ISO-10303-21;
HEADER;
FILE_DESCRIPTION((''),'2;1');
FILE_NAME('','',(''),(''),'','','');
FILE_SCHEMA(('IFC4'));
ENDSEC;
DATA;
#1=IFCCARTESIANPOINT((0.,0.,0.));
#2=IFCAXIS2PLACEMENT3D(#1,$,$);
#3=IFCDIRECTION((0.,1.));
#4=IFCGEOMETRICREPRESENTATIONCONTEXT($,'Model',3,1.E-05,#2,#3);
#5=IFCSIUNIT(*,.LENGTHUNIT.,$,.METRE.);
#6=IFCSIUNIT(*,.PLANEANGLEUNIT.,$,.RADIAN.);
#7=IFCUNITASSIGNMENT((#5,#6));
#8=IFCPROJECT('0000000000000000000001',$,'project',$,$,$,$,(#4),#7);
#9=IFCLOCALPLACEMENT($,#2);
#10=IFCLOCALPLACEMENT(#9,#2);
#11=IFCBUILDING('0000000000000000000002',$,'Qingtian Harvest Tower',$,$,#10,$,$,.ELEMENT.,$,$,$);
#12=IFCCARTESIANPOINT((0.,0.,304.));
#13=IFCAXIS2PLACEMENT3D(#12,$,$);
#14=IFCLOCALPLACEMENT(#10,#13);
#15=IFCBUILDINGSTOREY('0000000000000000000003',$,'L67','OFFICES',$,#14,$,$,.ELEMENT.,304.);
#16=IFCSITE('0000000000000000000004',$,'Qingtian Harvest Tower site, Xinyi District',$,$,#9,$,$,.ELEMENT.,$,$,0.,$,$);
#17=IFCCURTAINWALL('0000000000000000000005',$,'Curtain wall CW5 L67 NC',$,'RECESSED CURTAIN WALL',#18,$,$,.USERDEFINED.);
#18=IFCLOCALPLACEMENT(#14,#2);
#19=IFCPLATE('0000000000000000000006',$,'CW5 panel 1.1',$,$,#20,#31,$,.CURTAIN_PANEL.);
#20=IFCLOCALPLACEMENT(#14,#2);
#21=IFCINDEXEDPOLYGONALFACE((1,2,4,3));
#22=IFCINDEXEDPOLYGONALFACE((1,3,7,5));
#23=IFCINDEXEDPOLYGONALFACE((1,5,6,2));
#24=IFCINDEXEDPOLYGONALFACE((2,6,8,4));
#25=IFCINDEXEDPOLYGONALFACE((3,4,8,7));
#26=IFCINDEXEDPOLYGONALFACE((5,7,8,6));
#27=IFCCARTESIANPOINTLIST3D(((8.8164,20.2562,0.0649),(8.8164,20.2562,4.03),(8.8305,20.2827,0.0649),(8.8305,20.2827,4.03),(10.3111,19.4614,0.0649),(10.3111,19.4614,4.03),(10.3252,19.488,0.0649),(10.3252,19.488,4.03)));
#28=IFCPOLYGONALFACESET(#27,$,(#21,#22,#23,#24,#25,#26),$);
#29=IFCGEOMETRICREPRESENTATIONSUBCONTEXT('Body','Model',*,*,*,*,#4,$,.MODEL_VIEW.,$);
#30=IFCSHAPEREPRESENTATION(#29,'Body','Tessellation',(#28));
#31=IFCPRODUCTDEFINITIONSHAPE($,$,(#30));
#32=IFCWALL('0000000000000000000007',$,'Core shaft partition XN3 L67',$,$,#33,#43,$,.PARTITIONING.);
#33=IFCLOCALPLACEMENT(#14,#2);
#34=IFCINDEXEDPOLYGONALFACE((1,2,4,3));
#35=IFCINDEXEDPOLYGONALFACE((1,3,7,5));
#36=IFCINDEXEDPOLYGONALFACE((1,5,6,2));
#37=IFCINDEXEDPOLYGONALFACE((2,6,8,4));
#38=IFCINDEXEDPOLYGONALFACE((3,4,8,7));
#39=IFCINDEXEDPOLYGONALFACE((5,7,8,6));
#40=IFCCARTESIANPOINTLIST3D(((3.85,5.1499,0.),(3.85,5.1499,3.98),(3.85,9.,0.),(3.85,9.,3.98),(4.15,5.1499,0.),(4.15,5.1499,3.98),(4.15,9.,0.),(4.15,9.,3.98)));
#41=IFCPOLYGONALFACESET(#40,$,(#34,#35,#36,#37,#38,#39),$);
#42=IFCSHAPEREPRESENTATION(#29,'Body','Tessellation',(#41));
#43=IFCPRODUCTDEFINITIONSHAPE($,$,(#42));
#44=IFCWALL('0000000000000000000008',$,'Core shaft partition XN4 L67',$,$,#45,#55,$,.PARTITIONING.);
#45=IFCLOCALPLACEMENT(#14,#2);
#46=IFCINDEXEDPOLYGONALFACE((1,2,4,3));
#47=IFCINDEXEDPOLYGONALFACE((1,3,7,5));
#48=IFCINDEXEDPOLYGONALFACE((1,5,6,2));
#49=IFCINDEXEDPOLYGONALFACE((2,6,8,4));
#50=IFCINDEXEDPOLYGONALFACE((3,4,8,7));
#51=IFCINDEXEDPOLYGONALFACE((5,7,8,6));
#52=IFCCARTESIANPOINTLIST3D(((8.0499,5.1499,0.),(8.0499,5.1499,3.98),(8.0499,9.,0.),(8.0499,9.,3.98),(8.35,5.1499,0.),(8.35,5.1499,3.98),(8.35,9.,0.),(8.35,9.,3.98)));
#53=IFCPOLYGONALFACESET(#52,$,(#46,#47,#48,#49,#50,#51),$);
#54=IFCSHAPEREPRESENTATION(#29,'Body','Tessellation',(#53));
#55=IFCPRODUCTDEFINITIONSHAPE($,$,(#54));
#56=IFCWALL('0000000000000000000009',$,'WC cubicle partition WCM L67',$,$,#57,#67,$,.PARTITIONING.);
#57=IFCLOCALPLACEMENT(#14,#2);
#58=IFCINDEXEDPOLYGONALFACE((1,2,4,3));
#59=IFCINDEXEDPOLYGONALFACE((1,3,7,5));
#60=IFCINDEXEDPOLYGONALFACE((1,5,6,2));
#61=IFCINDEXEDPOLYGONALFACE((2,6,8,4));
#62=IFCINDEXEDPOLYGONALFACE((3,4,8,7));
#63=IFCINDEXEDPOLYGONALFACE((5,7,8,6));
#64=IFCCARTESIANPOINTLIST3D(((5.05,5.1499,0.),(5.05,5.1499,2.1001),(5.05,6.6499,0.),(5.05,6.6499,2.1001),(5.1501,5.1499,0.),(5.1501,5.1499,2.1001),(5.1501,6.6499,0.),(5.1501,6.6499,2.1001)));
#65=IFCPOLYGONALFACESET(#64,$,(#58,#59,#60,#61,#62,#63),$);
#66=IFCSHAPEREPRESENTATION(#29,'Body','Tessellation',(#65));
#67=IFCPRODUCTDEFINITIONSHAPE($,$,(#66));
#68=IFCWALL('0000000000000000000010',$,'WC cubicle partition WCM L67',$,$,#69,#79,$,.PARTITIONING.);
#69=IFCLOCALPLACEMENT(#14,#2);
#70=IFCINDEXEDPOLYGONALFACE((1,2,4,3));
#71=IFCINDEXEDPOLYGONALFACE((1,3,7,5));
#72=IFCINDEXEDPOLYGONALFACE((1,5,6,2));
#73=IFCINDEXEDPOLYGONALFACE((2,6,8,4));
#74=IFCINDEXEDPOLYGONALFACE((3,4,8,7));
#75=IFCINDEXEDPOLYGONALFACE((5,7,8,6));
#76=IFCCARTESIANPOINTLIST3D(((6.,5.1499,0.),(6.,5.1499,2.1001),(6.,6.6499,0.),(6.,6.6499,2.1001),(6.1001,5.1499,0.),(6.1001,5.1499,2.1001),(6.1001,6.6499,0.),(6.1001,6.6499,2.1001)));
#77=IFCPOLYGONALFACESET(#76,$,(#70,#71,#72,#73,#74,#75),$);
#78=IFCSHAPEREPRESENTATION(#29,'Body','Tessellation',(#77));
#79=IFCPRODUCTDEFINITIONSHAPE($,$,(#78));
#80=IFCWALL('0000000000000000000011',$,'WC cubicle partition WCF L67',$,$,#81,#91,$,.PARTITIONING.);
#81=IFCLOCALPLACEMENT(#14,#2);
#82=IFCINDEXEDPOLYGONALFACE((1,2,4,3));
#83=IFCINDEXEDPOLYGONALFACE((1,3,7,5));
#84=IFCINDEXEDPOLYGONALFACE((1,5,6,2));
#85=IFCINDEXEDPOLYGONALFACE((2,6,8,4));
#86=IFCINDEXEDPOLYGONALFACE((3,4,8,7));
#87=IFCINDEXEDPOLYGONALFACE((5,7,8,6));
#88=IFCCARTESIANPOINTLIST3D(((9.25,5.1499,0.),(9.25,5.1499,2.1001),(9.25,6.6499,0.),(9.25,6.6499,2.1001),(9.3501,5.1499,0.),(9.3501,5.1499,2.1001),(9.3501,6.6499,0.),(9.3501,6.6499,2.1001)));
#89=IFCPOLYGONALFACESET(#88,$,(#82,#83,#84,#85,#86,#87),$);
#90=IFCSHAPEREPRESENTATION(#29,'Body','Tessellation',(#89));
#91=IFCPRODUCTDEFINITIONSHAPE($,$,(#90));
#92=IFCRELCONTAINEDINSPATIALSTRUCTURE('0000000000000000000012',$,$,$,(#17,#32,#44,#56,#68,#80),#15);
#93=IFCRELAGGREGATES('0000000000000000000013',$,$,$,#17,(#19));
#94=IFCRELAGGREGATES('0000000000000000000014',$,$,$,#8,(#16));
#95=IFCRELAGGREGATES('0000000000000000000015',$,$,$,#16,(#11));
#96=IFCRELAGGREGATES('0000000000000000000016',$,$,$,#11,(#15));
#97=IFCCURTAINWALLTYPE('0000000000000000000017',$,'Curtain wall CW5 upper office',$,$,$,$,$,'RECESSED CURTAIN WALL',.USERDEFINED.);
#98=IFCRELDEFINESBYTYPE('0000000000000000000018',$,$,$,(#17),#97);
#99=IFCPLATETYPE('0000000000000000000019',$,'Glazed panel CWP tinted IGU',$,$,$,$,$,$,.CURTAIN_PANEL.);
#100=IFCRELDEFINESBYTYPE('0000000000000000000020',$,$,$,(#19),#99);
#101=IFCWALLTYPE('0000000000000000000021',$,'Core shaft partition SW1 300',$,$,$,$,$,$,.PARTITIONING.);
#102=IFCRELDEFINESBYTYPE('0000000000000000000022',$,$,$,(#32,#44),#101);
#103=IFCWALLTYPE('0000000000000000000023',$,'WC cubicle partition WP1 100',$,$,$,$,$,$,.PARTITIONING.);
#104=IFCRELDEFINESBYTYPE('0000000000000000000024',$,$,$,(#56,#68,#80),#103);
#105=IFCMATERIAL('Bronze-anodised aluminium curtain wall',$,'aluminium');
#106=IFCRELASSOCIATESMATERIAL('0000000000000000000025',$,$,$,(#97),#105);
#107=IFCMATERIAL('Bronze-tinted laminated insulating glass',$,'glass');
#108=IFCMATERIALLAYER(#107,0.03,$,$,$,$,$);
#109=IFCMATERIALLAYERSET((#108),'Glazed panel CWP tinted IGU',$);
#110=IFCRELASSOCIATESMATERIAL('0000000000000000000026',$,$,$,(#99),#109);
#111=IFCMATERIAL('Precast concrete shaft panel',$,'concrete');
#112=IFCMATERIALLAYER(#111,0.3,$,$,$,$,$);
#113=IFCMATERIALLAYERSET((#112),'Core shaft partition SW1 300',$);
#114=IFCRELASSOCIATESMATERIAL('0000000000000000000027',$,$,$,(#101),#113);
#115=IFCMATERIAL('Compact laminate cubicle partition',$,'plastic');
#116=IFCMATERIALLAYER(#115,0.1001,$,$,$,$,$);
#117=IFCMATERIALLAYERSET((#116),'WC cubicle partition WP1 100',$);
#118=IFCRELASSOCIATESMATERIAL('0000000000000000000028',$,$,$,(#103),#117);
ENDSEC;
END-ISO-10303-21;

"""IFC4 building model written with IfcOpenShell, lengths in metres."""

from ifc_helpers import new_model, si_unit, direction, frame, frame_2d, origin, origin_2d, place, context, subcontext, project, spatial, rectangle, extrude, material, layer, layer_set, type_object, element, aggregate, save


model = new_model("IFC4")

# Units and contexts
model_context = context("Model", 3, precision=1e-05, world=origin(), true_north=direction((0.0, 1.0)))
body_context = subcontext(model_context, "Body", "Model", "MODEL_VIEW")
ifc_project = project(units=[si_unit("LENGTHUNIT", "METRE"), si_unit("PLANEANGLEUNIT", "RADIAN")], contexts=[model_context])

# Site, building, storey
site_placement = place(None, origin())
site = spatial("IfcSite", under=ifc_project, at=site_placement, Name="Qingtian Harvest Tower site, Xinyi District", CompositionType="ELEMENT", RefElevation=0.0)
building_placement = place(site_placement, origin())
building = spatial("IfcBuilding", under=site, at=building_placement, Name="Qingtian Harvest Tower", CompositionType="ELEMENT")
storey_placement = place(building_placement, frame((0.0, 0.0, 304.0)))
storey = spatial("IfcBuildingStorey", under=building, at=storey_placement, Name="L67", Description="OFFICES", CompositionType="ELEMENT", Elevation=304.0)

# Shared definitions
ifc_material_1 = material(Name="Bronze-anodised aluminium curtain wall", Category="aluminium")
curtain_wall_type = type_object("IfcCurtainWallType", Name="Curtain wall CW5 upper office", ElementType="RECESSED CURTAIN WALL", PredefinedType="USERDEFINED", material=ifc_material_1)

# Curtain wall
curtain_wall_1_placement = place(storey_placement, origin())
curtain_wall_1 = element("IfcCurtainWall", 1, at=curtain_wall_1_placement, inside=storey, type_object=curtain_wall_type, Name="Curtain wall CW5 L67 NC", ObjectType="RECESSED CURTAIN WALL", PredefinedType="USERDEFINED")

# Plate
ifc_material_2 = material(Name="Bronze-tinted laminated insulating glass", Category="glass")
ifc_layer_1 = layer(ifc_material_2, 0.03)
ifc_layer_set_1 = layer_set([ifc_layer_1], Name="Glazed panel CWP tinted IGU")
plate_type = type_object("IfcPlateType", Name="Glazed panel CWP tinted IGU", PredefinedType="CURTAIN_PANEL", material=ifc_layer_set_1)
plate_1_placement = place(storey_placement, frame((9.5708, 19.8721, 0.0649), z_axis=(0.0, 0.0, 1.0), x_axis=(0.882948, -0.469472, 0.0)))
plate_1 = element("IfcPlate", 2, at=plate_1_placement, type_object=plate_type, Name="CW5 panel 1.1", PredefinedType="CURTAIN_PANEL", context=body_context, shape_type="SweptSolid", body=[
    extrude(rectangle(XDim=1.6929, YDim=0.03, at=origin_2d()), origin(), (0.0, 0.0, 1.0), 3.9651),
])
aggregate(curtain_wall_1, [plate_1])

# Shared definitions
ifc_material_3 = material(Name="Precast concrete shaft panel", Category="concrete")
ifc_layer_2 = layer(ifc_material_3, 0.3)
ifc_layer_set_2 = layer_set([ifc_layer_2], Name="Core shaft partition SW1 300")
wall_type_1 = type_object("IfcWallType", Name="Core shaft partition SW1 300", PredefinedType="PARTITIONING", material=ifc_layer_set_2)

# Walls
for number, where, z_axis, x_axis, name in (
    (3, (4.0, 5.1499, 0.0), (0.0, 0.0, 1.0), (0.0, 1.0, 0.0), "Core shaft partition XN3 L67"),
    (4, (8.2, 5.1499, 0.0), (0.0, 0.0, 1.0), (0.0, 1.0, 0.0), "Core shaft partition XN4 L67"),
):
    element("IfcWall", number, at=place(storey_placement, frame(where, z_axis=z_axis, x_axis=x_axis)), inside=storey, type_object=wall_type_1, Name=name, PredefinedType="PARTITIONING", context=body_context, shape_type="SweptSolid", body=[
        extrude(rectangle(XDim=3.8501, YDim=0.3, at=frame_2d((1.925, 0.0))), origin(), (0.0, 0.0, 1.0), 3.98),
    ])

# Walls
ifc_material_4 = material(Name="Compact laminate cubicle partition", Category="plastic")
ifc_layer_3 = layer(ifc_material_4, 0.1001)
ifc_layer_set_3 = layer_set([ifc_layer_3], Name="WC cubicle partition WP1 100")
wall_type_2 = type_object("IfcWallType", Name="WC cubicle partition WP1 100", PredefinedType="PARTITIONING", material=ifc_layer_set_3)
for number, where, z_axis, x_axis, name in (
    (5, (5.1001, 5.1499, 0.0), (0.0, 0.0, 1.0), (0.0, 1.0, 0.0), "WC cubicle partition WCM L67"),
    (6, (6.05, 5.1499, 0.0), (0.0, 0.0, 1.0), (0.0, 1.0, 0.0), "WC cubicle partition WCM L67"),
    (7, (9.3, 5.1499, 0.0), (0.0, 0.0, 1.0), (0.0, 1.0, 0.0), "WC cubicle partition WCF L67"),
):
    element("IfcWall", number, at=place(storey_placement, frame(where, z_axis=z_axis, x_axis=x_axis)), inside=storey, type_object=wall_type_2, Name=name, PredefinedType="PARTITIONING", context=body_context, shape_type="SweptSolid", body=[
        extrude(rectangle(XDim=1.5, YDim=0.1001, at=frame_2d((0.75, 0.0))), origin(), (0.0, 0.0, 1.0), 2.1001),
    ])

save(model, "model.ifc")
